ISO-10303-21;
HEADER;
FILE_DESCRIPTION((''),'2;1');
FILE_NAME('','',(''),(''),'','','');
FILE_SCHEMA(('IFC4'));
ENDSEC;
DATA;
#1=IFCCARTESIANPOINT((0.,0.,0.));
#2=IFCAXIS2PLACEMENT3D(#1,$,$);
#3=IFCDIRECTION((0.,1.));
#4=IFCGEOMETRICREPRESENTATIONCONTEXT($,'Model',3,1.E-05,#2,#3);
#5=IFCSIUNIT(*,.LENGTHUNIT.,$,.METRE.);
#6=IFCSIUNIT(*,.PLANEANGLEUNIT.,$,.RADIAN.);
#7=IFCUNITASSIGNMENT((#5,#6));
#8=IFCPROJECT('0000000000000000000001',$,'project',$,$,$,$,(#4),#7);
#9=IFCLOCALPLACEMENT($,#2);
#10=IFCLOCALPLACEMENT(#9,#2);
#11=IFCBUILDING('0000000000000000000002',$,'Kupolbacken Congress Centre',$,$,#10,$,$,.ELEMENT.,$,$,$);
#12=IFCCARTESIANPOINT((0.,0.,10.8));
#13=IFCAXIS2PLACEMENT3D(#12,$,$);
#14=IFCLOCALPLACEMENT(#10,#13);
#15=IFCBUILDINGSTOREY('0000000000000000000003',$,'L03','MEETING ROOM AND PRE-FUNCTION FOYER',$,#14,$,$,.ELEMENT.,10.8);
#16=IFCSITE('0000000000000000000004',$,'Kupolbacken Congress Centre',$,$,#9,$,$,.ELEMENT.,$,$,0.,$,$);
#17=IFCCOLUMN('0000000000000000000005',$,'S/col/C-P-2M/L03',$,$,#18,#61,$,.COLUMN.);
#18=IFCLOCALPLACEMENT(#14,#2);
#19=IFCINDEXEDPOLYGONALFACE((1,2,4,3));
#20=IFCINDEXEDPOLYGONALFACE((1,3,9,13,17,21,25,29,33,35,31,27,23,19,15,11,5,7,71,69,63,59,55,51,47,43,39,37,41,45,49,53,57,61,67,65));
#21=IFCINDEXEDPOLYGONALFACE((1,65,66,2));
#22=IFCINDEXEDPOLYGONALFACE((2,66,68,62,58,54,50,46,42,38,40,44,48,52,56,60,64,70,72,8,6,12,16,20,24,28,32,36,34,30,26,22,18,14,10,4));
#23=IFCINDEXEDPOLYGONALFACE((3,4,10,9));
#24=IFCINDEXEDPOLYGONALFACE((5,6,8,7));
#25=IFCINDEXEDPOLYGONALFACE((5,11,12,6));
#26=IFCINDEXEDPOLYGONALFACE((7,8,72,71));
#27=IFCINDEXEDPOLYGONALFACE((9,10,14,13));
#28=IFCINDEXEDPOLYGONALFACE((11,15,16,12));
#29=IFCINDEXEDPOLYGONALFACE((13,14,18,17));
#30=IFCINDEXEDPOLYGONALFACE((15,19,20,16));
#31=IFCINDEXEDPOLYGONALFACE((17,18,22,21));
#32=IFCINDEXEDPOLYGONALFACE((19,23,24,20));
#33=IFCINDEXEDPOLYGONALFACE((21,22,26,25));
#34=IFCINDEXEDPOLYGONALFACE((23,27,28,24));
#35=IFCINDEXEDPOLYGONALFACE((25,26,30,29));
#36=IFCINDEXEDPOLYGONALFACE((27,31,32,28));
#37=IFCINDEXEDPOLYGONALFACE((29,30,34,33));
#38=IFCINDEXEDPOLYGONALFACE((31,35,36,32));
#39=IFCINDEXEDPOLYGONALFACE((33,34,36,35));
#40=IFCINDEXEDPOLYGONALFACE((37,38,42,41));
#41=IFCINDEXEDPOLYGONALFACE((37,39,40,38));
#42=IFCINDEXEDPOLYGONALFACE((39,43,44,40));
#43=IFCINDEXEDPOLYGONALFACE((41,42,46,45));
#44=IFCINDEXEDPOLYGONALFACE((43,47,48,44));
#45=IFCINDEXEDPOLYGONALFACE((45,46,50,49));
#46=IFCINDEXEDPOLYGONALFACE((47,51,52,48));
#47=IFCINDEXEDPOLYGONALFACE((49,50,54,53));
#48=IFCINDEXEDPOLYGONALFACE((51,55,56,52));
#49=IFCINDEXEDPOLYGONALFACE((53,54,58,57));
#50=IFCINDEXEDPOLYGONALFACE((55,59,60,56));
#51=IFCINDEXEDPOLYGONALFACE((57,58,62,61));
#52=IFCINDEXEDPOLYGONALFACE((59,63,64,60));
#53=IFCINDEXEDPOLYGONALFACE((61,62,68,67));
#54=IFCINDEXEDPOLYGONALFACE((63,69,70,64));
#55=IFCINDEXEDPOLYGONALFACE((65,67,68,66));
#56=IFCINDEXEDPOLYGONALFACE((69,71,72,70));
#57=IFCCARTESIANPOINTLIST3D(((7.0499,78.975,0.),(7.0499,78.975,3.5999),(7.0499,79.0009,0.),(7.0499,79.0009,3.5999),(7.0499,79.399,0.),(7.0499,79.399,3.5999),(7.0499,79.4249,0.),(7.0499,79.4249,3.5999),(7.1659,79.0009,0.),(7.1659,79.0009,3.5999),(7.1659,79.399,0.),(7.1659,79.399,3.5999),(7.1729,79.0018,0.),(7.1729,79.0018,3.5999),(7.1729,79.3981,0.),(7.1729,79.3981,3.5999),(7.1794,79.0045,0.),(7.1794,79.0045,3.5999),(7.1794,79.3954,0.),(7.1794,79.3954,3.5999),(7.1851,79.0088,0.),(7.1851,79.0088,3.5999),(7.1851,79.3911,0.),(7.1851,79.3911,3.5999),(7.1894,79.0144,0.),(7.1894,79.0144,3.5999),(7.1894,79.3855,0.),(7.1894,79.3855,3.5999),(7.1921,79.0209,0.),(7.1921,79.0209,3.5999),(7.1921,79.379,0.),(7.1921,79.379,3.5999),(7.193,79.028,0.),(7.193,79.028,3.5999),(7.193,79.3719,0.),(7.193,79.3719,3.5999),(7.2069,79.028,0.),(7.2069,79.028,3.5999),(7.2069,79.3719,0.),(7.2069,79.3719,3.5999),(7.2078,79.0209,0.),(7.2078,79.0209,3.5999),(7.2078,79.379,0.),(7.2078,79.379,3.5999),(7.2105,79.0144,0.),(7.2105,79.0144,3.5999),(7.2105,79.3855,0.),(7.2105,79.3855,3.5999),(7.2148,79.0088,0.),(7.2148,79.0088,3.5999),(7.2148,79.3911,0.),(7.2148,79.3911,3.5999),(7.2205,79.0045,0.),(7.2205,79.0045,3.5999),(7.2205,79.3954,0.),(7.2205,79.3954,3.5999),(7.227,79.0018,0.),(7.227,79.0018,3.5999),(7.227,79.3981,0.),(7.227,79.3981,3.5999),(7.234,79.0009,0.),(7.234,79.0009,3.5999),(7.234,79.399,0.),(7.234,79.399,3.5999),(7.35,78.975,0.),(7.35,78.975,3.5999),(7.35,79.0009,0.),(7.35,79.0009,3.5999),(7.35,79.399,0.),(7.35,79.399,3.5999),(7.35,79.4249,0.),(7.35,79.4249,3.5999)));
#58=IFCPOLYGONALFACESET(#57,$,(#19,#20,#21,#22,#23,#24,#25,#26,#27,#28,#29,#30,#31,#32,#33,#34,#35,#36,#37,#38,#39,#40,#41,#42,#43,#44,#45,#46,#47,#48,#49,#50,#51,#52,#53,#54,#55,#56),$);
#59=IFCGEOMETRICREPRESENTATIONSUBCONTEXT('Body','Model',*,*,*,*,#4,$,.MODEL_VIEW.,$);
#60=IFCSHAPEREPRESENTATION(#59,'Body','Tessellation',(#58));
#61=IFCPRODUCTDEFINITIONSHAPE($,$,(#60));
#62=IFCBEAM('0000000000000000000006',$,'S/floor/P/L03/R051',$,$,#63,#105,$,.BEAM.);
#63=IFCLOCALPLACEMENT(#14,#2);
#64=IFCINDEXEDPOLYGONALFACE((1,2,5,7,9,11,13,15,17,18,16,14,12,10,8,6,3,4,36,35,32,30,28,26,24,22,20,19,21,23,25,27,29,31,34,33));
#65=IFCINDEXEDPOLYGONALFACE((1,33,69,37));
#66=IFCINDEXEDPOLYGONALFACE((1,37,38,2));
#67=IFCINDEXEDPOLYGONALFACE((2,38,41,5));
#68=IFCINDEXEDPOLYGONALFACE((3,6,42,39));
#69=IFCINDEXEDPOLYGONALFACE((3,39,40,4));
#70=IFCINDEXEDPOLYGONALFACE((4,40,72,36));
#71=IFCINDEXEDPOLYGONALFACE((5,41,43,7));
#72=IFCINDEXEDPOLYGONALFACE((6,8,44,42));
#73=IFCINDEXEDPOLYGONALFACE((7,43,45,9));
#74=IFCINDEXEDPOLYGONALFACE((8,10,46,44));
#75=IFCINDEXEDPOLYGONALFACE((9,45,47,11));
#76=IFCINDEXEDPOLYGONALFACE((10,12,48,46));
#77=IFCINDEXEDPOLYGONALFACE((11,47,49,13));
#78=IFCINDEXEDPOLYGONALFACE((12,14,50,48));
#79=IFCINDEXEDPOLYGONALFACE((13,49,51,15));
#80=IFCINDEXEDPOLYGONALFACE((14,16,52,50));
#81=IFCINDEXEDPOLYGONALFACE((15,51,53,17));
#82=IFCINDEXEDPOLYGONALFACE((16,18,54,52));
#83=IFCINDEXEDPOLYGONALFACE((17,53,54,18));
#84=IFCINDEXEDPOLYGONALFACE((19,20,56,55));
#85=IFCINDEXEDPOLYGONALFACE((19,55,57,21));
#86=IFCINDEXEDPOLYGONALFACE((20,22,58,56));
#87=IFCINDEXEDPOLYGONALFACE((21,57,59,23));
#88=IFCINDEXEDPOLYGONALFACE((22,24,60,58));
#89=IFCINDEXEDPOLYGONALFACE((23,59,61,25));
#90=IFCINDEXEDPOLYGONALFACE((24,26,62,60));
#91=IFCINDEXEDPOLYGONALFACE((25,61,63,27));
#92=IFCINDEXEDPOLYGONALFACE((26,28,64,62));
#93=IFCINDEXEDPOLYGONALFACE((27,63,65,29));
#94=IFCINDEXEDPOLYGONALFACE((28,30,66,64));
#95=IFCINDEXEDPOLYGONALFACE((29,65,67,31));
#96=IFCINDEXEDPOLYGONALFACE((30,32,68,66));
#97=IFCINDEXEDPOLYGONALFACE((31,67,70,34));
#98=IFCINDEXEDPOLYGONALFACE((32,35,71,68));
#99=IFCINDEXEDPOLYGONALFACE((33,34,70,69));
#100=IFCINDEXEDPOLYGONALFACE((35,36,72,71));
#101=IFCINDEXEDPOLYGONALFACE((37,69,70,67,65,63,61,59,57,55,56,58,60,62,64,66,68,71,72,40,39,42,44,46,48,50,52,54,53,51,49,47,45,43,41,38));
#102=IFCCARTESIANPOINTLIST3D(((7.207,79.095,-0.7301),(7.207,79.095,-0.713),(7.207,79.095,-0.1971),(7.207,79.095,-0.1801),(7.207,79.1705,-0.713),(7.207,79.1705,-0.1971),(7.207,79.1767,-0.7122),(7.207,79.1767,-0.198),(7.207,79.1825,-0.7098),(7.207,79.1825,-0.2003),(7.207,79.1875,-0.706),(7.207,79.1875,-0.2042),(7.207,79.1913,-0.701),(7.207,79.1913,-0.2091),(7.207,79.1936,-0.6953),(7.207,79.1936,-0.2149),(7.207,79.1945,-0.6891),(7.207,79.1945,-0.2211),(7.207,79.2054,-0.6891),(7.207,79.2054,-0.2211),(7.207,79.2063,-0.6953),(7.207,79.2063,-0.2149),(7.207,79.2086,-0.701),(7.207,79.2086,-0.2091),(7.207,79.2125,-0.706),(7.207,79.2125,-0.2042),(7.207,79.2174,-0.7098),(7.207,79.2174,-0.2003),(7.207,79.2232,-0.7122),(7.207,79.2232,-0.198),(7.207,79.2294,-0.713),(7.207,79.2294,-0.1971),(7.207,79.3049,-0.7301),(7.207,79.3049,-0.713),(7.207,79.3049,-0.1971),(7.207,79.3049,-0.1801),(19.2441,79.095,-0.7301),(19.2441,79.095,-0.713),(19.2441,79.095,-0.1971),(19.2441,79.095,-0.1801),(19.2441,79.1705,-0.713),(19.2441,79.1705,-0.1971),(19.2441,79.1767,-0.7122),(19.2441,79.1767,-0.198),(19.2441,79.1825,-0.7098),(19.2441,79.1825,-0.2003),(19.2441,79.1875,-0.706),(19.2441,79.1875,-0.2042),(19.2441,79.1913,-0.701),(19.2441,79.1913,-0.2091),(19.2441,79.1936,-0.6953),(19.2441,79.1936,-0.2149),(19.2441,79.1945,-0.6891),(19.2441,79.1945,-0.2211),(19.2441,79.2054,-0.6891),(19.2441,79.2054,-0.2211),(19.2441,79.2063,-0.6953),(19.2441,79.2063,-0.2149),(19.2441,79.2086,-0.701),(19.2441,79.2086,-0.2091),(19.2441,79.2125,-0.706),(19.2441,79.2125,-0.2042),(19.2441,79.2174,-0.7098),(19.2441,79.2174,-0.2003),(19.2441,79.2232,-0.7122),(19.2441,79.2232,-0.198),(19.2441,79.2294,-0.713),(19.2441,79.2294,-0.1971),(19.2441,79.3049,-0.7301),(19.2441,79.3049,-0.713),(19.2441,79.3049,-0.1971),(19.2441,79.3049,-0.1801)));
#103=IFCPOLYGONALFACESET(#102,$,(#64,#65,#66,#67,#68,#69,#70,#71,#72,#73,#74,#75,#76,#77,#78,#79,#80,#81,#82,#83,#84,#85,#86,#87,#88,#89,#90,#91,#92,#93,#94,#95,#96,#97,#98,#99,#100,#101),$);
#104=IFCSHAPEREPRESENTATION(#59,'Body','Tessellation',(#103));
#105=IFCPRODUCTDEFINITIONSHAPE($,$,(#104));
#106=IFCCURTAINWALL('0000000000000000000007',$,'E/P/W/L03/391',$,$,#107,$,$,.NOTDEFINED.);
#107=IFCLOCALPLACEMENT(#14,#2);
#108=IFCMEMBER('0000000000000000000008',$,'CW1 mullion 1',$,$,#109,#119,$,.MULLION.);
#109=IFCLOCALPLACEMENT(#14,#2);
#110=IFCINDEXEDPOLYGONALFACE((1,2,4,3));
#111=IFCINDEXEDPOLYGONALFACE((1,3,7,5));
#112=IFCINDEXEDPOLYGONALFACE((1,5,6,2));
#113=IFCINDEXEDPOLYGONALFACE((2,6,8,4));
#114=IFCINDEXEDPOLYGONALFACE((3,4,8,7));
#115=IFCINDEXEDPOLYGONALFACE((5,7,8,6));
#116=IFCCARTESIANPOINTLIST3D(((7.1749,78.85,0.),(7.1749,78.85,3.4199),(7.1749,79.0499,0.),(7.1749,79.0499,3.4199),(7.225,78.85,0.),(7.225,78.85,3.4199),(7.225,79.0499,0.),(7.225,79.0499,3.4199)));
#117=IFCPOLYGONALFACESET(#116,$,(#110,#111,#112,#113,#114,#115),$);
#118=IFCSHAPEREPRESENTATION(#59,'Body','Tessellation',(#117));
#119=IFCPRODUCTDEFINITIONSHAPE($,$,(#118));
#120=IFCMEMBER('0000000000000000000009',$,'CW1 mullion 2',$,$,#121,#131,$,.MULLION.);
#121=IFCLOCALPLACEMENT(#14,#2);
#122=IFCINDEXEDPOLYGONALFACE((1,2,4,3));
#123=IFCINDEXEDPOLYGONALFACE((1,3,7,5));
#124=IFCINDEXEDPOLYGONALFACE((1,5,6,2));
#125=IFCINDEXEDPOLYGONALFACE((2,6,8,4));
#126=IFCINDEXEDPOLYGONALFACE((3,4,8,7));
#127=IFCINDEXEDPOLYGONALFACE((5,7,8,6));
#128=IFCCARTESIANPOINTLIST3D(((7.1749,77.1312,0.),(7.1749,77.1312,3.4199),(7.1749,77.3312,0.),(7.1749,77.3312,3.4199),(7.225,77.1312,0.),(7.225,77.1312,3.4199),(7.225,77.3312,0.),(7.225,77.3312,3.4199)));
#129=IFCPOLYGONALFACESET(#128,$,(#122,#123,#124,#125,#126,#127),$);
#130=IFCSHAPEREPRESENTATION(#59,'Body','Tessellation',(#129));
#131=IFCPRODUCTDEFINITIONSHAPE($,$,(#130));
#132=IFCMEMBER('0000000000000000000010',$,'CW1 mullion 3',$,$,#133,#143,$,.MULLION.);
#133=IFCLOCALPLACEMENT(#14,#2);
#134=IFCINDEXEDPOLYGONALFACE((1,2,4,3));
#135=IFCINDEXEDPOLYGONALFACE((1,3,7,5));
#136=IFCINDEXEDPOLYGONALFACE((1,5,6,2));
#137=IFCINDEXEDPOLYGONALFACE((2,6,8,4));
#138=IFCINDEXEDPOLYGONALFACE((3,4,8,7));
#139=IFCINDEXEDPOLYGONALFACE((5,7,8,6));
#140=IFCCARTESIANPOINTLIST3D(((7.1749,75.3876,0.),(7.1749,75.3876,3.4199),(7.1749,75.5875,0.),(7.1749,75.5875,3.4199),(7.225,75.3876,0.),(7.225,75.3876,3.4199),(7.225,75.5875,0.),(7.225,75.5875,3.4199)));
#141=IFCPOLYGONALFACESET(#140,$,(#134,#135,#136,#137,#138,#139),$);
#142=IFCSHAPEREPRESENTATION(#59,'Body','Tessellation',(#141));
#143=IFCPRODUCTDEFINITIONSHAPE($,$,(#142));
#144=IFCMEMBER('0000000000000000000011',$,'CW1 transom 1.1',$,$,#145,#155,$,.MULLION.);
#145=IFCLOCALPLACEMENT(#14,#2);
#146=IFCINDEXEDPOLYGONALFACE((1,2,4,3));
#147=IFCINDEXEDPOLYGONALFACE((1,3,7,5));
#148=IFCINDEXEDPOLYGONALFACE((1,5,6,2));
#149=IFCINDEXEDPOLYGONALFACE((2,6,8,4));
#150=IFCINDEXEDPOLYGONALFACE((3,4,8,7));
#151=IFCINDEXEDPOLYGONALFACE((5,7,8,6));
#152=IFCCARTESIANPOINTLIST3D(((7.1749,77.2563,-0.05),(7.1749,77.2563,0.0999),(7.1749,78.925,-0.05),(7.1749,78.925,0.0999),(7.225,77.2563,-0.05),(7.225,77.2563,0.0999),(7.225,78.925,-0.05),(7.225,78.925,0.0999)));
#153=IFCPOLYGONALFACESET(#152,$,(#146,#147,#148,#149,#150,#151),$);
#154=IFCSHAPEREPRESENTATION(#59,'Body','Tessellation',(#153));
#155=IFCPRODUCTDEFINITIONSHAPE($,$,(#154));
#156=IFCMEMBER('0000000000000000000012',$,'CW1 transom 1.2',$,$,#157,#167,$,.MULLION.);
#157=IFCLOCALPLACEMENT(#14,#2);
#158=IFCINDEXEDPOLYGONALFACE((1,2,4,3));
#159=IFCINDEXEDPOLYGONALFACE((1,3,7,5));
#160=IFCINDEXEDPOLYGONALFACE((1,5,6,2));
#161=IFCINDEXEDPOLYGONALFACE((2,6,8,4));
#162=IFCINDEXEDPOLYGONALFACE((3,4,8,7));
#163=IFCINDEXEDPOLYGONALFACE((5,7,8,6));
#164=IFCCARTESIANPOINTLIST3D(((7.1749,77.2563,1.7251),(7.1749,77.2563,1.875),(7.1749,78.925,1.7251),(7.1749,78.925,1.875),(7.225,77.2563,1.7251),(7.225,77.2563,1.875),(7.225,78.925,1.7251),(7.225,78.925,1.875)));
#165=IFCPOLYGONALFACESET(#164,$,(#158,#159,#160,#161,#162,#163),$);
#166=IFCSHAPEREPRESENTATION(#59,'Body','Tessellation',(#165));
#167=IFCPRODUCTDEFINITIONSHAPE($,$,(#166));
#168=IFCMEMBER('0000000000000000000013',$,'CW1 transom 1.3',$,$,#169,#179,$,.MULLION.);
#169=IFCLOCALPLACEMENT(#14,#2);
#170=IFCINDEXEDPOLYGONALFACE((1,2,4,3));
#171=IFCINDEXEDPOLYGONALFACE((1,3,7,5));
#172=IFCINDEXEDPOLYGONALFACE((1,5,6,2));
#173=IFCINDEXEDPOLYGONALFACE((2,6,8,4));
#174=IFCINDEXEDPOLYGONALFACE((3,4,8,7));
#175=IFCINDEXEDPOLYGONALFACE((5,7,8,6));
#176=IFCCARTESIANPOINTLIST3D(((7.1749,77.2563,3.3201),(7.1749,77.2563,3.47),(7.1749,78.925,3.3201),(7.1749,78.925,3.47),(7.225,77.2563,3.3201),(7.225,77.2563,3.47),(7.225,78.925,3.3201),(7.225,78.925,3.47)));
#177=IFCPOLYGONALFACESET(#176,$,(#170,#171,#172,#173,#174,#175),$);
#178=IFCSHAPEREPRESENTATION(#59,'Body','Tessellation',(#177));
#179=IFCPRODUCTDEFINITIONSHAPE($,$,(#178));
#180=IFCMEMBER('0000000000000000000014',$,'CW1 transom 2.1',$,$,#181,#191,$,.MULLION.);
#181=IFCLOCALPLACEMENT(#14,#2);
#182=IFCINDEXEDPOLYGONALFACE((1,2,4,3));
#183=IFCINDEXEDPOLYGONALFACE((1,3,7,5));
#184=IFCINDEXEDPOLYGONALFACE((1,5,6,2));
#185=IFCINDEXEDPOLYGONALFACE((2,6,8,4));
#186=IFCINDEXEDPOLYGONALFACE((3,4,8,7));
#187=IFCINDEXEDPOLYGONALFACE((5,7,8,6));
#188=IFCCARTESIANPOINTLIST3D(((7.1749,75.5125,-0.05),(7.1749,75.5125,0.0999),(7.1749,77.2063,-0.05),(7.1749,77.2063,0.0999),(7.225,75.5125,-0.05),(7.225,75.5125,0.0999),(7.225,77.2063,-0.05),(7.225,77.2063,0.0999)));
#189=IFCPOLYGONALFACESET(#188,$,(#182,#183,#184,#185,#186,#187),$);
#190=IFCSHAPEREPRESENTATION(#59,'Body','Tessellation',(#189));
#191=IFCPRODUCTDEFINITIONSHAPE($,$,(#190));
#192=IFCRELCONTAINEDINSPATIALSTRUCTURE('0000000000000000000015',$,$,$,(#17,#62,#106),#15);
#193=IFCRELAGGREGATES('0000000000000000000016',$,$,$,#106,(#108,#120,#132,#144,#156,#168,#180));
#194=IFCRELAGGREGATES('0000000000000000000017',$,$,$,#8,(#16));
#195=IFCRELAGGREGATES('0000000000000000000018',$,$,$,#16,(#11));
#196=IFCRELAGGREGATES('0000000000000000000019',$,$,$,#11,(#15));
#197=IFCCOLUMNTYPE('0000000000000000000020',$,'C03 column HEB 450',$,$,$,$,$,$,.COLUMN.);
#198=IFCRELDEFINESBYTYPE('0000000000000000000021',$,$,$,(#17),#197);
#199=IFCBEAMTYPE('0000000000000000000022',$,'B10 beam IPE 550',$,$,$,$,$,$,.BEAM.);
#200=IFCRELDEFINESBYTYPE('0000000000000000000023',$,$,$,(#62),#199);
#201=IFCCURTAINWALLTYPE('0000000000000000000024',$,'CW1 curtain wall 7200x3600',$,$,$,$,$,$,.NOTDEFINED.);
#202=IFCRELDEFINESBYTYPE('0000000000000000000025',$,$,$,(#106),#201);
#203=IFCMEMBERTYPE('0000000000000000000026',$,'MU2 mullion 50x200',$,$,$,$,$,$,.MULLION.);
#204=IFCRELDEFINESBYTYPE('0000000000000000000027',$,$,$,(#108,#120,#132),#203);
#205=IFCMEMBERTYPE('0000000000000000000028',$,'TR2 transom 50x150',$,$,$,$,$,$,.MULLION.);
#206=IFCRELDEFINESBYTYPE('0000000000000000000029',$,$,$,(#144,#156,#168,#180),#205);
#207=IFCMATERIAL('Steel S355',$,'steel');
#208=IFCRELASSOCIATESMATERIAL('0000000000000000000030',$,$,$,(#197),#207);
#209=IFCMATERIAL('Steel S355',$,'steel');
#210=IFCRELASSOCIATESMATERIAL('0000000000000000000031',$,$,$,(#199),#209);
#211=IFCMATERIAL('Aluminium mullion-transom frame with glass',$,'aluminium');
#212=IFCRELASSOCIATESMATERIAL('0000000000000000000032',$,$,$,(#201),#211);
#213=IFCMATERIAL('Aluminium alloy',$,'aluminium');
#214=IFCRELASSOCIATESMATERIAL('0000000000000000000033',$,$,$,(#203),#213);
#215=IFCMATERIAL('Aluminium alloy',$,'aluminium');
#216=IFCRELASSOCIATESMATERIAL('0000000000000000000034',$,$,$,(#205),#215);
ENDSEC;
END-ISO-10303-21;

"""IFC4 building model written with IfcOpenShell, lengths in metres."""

from ifc_helpers import new_model, si_unit, direction, frame, origin, origin_2d, place, context, subcontext, project, spatial, rectangle, i_section, extrude, material, material_profile, profile_set, type_object, element, aggregate, save


model = new_model("IFC4")

# Units and contexts
model_context = context("Model", 3, precision=1e-05, world=origin(), true_north=direction((0.0, 1.0)))
body_context = subcontext(model_context, "Body", "Model", "MODEL_VIEW")
ifc_project = project(units=[si_unit("LENGTHUNIT", "METRE"), si_unit("PLANEANGLEUNIT", "RADIAN")], contexts=[model_context])

# Site, building, storey
site_placement = place(None, origin())
site = spatial("IfcSite", under=ifc_project, at=site_placement, Name="Kupolbacken Congress Centre", CompositionType="ELEMENT", RefElevation=0.0)
building_placement = place(site_placement, origin())
building = spatial("IfcBuilding", under=site, at=building_placement, Name="Kupolbacken Congress Centre", CompositionType="ELEMENT")
storey_placement = place(building_placement, frame((0.0, 0.0, 10.8)))
storey = spatial("IfcBuildingStorey", under=building, at=storey_placement, Name="L03", Description="MEETING ROOM AND PRE-FUNCTION FOYER", CompositionType="ELEMENT", Elevation=10.8)

# Column
ifc_material_1 = material(Name="Steel S355", Category="steel")
ifc_material_profile_1 = material_profile(ifc_material_1, i_section(OverallWidth=0.3, OverallDepth=0.45, WebThickness=0.0139, FlangeThickness=0.0259, FilletRadius=0.0271, at=origin_2d()), Name="HEB 450")
ifc_profile_set_1 = profile_set([ifc_material_profile_1], Name="Steel S355")
column_type = type_object("IfcColumnType", Name="C03 column HEB 450", PredefinedType="COLUMN", material=ifc_profile_set_1)
column_placement = place(storey_placement, frame((7.2, 79.2, 0.0), z_axis=(0.0, 0.0, 1.0), x_axis=(1.0, 0.0, 0.0)))
element("IfcColumn", 1, at=column_placement, inside=storey, type_object=column_type, Name="S/col/C-P-2M/L03", PredefinedType="COLUMN", context=body_context, shape_type="SweptSolid", body=[
    extrude(i_section(OverallWidth=0.3, OverallDepth=0.45, WebThickness=0.0139, FlangeThickness=0.0259, FilletRadius=0.0271, at=origin_2d()), origin(), (0.0, 0.0, 1.0), 3.5999),
])

# Beam
ifc_material_2 = material(Name="Steel S355", Category="steel")
ifc_material_profile_2 = material_profile(ifc_material_2, i_section(OverallWidth=0.21, OverallDepth=0.55, WebThickness=0.011, FlangeThickness=0.0171, FilletRadius=0.0239, at=origin_2d()), Name="IPE 550")
ifc_profile_set_2 = profile_set([ifc_material_profile_2], Name="Steel S355")
beam_type = type_object("IfcBeamType", Name="B10 beam IPE 550", PredefinedType="BEAM", material=ifc_profile_set_2)
beam_placement = place(storey_placement, frame((7.207, 79.2, -0.4551), z_axis=(1.0, 0.0, 0.0), x_axis=(0.0, 1.0, 0.0)))
element("IfcBeam", 2, at=beam_placement, inside=storey, type_object=beam_type, Name="S/floor/P/L03/R051", PredefinedType="BEAM", context=body_context, shape_type="SweptSolid", body=[
    extrude(i_section(OverallWidth=0.21, OverallDepth=0.55, WebThickness=0.011, FlangeThickness=0.0171, FilletRadius=0.0239, at=origin_2d()), origin(), (0.0, 0.0, 1.0), 12.0371),
])

# Curtain wall, members
ifc_material_3 = material(Name="Aluminium mullion-transom frame with glass", Category="aluminium")
curtain_wall_type = type_object("IfcCurtainWallType", Name="CW1 curtain wall 7200x3600", PredefinedType="NOTDEFINED", material=ifc_material_3)
curtain_wall_placement = place(storey_placement, origin())
curtain_wall = element("IfcCurtainWall", 3, at=curtain_wall_placement, inside=storey, type_object=curtain_wall_type, Name="E/P/W/L03/391", PredefinedType="NOTDEFINED")
ifc_material_4 = material(Name="Aluminium alloy", Category="aluminium")
ifc_material_profile_3 = material_profile(ifc_material_4, rectangle(XDim=0.05, YDim=0.2, at=origin_2d()), Name="50 x 200")
ifc_profile_set_3 = profile_set([ifc_material_profile_3], Name="Aluminium alloy")
member_type_1 = type_object("IfcMemberType", Name="MU2 mullion 50x200", PredefinedType="MULLION", material=ifc_profile_set_3)
member_1_placement = place(storey_placement, frame((7.2, 78.95, 0.0), z_axis=(0.0, 0.0, 1.0), x_axis=(1.0, 0.0, 0.0)))
member_1 = element("IfcMember", 4, at=member_1_placement, type_object=member_type_1, Name="CW1 mullion 1", PredefinedType="MULLION", context=body_context, shape_type="SweptSolid", body=[
    extrude(rectangle(XDim=0.05, YDim=0.2, at=origin_2d()), origin(), (0.0, 0.0, 1.0), 3.4199),
])
member_2_placement = place(storey_placement, frame((7.2, 77.2312, 0.0), z_axis=(0.0, 0.0, 1.0), x_axis=(1.0, 0.0, 0.0)))
member_2 = element("IfcMember", 5, at=member_2_placement, type_object=member_type_1, Name="CW1 mullion 2", PredefinedType="MULLION", context=body_context, shape_type="SweptSolid", body=[
    extrude(rectangle(XDim=0.05, YDim=0.2, at=origin_2d()), origin(), (0.0, 0.0, 1.0), 3.4199),
])
member_3_placement = place(storey_placement, frame((7.2, 75.4875, 0.0), z_axis=(0.0, 0.0, 1.0), x_axis=(1.0, 0.0, 0.0)))
member_3 = element("IfcMember", 6, at=member_3_placement, type_object=member_type_1, Name="CW1 mullion 3", PredefinedType="MULLION", context=body_context, shape_type="SweptSolid", body=[
    extrude(rectangle(XDim=0.05, YDim=0.2, at=origin_2d()), origin(), (0.0, 0.0, 1.0), 3.4199),
])
ifc_material_5 = material(Name="Aluminium alloy", Category="aluminium")
ifc_material_profile_4 = material_profile(ifc_material_5, rectangle(XDim=0.05, YDim=0.1499, at=origin_2d()), Name="50 x 150")
ifc_profile_set_4 = profile_set([ifc_material_profile_4], Name="Aluminium alloy")
member_type_2 = type_object("IfcMemberType", Name="TR2 transom 50x150", PredefinedType="MULLION", material=ifc_profile_set_4)
member_4_placement = place(storey_placement, frame((7.2, 78.925, 0.0249), z_axis=(0.0, -1.0, 0.0), x_axis=(1.0, 0.0, 0.0)))
member_4 = element("IfcMember", 7, at=member_4_placement, type_object=member_type_2, Name="CW1 transom 1.1", PredefinedType="MULLION", context=body_context, shape_type="SweptSolid", body=[
    extrude(rectangle(XDim=0.05, YDim=0.1499, at=origin_2d()), origin(), (0.0, 0.0, 1.0), 1.6687),
])
member_5_placement = place(storey_placement, frame((7.2, 78.925, 1.8), z_axis=(0.0, -1.0, 0.0), x_axis=(1.0, 0.0, 0.0)))
member_5 = element("IfcMember", 8, at=member_5_placement, type_object=member_type_2, Name="CW1 transom 1.2", PredefinedType="MULLION", context=body_context, shape_type="SweptSolid", body=[
    extrude(rectangle(XDim=0.05, YDim=0.1499, at=origin_2d()), origin(), (0.0, 0.0, 1.0), 1.6687),
])
member_6_placement = place(storey_placement, frame((7.2, 78.925, 3.395), z_axis=(0.0, -1.0, 0.0), x_axis=(1.0, 0.0, 0.0)))
member_6 = element("IfcMember", 9, at=member_6_placement, type_object=member_type_2, Name="CW1 transom 1.3", PredefinedType="MULLION", context=body_context, shape_type="SweptSolid", body=[
    extrude(rectangle(XDim=0.05, YDim=0.1499, at=origin_2d()), origin(), (0.0, 0.0, 1.0), 1.6687),
])
member_7_placement = place(storey_placement, frame((7.2, 77.2063, 0.0249), z_axis=(0.0, -1.0, 0.0), x_axis=(1.0, 0.0, 0.0)))
member_7 = element("IfcMember", 10, at=member_7_placement, type_object=member_type_2, Name="CW1 transom 2.1", PredefinedType="MULLION", context=body_context, shape_type="SweptSolid", body=[
    extrude(rectangle(XDim=0.05, YDim=0.1499, at=origin_2d()), origin(), (0.0, 0.0, 1.0), 1.6938),
])
aggregate(curtain_wall, [member_1, member_2, member_3, member_4, member_5, member_6, member_7])

save(model, "model.ifc")
